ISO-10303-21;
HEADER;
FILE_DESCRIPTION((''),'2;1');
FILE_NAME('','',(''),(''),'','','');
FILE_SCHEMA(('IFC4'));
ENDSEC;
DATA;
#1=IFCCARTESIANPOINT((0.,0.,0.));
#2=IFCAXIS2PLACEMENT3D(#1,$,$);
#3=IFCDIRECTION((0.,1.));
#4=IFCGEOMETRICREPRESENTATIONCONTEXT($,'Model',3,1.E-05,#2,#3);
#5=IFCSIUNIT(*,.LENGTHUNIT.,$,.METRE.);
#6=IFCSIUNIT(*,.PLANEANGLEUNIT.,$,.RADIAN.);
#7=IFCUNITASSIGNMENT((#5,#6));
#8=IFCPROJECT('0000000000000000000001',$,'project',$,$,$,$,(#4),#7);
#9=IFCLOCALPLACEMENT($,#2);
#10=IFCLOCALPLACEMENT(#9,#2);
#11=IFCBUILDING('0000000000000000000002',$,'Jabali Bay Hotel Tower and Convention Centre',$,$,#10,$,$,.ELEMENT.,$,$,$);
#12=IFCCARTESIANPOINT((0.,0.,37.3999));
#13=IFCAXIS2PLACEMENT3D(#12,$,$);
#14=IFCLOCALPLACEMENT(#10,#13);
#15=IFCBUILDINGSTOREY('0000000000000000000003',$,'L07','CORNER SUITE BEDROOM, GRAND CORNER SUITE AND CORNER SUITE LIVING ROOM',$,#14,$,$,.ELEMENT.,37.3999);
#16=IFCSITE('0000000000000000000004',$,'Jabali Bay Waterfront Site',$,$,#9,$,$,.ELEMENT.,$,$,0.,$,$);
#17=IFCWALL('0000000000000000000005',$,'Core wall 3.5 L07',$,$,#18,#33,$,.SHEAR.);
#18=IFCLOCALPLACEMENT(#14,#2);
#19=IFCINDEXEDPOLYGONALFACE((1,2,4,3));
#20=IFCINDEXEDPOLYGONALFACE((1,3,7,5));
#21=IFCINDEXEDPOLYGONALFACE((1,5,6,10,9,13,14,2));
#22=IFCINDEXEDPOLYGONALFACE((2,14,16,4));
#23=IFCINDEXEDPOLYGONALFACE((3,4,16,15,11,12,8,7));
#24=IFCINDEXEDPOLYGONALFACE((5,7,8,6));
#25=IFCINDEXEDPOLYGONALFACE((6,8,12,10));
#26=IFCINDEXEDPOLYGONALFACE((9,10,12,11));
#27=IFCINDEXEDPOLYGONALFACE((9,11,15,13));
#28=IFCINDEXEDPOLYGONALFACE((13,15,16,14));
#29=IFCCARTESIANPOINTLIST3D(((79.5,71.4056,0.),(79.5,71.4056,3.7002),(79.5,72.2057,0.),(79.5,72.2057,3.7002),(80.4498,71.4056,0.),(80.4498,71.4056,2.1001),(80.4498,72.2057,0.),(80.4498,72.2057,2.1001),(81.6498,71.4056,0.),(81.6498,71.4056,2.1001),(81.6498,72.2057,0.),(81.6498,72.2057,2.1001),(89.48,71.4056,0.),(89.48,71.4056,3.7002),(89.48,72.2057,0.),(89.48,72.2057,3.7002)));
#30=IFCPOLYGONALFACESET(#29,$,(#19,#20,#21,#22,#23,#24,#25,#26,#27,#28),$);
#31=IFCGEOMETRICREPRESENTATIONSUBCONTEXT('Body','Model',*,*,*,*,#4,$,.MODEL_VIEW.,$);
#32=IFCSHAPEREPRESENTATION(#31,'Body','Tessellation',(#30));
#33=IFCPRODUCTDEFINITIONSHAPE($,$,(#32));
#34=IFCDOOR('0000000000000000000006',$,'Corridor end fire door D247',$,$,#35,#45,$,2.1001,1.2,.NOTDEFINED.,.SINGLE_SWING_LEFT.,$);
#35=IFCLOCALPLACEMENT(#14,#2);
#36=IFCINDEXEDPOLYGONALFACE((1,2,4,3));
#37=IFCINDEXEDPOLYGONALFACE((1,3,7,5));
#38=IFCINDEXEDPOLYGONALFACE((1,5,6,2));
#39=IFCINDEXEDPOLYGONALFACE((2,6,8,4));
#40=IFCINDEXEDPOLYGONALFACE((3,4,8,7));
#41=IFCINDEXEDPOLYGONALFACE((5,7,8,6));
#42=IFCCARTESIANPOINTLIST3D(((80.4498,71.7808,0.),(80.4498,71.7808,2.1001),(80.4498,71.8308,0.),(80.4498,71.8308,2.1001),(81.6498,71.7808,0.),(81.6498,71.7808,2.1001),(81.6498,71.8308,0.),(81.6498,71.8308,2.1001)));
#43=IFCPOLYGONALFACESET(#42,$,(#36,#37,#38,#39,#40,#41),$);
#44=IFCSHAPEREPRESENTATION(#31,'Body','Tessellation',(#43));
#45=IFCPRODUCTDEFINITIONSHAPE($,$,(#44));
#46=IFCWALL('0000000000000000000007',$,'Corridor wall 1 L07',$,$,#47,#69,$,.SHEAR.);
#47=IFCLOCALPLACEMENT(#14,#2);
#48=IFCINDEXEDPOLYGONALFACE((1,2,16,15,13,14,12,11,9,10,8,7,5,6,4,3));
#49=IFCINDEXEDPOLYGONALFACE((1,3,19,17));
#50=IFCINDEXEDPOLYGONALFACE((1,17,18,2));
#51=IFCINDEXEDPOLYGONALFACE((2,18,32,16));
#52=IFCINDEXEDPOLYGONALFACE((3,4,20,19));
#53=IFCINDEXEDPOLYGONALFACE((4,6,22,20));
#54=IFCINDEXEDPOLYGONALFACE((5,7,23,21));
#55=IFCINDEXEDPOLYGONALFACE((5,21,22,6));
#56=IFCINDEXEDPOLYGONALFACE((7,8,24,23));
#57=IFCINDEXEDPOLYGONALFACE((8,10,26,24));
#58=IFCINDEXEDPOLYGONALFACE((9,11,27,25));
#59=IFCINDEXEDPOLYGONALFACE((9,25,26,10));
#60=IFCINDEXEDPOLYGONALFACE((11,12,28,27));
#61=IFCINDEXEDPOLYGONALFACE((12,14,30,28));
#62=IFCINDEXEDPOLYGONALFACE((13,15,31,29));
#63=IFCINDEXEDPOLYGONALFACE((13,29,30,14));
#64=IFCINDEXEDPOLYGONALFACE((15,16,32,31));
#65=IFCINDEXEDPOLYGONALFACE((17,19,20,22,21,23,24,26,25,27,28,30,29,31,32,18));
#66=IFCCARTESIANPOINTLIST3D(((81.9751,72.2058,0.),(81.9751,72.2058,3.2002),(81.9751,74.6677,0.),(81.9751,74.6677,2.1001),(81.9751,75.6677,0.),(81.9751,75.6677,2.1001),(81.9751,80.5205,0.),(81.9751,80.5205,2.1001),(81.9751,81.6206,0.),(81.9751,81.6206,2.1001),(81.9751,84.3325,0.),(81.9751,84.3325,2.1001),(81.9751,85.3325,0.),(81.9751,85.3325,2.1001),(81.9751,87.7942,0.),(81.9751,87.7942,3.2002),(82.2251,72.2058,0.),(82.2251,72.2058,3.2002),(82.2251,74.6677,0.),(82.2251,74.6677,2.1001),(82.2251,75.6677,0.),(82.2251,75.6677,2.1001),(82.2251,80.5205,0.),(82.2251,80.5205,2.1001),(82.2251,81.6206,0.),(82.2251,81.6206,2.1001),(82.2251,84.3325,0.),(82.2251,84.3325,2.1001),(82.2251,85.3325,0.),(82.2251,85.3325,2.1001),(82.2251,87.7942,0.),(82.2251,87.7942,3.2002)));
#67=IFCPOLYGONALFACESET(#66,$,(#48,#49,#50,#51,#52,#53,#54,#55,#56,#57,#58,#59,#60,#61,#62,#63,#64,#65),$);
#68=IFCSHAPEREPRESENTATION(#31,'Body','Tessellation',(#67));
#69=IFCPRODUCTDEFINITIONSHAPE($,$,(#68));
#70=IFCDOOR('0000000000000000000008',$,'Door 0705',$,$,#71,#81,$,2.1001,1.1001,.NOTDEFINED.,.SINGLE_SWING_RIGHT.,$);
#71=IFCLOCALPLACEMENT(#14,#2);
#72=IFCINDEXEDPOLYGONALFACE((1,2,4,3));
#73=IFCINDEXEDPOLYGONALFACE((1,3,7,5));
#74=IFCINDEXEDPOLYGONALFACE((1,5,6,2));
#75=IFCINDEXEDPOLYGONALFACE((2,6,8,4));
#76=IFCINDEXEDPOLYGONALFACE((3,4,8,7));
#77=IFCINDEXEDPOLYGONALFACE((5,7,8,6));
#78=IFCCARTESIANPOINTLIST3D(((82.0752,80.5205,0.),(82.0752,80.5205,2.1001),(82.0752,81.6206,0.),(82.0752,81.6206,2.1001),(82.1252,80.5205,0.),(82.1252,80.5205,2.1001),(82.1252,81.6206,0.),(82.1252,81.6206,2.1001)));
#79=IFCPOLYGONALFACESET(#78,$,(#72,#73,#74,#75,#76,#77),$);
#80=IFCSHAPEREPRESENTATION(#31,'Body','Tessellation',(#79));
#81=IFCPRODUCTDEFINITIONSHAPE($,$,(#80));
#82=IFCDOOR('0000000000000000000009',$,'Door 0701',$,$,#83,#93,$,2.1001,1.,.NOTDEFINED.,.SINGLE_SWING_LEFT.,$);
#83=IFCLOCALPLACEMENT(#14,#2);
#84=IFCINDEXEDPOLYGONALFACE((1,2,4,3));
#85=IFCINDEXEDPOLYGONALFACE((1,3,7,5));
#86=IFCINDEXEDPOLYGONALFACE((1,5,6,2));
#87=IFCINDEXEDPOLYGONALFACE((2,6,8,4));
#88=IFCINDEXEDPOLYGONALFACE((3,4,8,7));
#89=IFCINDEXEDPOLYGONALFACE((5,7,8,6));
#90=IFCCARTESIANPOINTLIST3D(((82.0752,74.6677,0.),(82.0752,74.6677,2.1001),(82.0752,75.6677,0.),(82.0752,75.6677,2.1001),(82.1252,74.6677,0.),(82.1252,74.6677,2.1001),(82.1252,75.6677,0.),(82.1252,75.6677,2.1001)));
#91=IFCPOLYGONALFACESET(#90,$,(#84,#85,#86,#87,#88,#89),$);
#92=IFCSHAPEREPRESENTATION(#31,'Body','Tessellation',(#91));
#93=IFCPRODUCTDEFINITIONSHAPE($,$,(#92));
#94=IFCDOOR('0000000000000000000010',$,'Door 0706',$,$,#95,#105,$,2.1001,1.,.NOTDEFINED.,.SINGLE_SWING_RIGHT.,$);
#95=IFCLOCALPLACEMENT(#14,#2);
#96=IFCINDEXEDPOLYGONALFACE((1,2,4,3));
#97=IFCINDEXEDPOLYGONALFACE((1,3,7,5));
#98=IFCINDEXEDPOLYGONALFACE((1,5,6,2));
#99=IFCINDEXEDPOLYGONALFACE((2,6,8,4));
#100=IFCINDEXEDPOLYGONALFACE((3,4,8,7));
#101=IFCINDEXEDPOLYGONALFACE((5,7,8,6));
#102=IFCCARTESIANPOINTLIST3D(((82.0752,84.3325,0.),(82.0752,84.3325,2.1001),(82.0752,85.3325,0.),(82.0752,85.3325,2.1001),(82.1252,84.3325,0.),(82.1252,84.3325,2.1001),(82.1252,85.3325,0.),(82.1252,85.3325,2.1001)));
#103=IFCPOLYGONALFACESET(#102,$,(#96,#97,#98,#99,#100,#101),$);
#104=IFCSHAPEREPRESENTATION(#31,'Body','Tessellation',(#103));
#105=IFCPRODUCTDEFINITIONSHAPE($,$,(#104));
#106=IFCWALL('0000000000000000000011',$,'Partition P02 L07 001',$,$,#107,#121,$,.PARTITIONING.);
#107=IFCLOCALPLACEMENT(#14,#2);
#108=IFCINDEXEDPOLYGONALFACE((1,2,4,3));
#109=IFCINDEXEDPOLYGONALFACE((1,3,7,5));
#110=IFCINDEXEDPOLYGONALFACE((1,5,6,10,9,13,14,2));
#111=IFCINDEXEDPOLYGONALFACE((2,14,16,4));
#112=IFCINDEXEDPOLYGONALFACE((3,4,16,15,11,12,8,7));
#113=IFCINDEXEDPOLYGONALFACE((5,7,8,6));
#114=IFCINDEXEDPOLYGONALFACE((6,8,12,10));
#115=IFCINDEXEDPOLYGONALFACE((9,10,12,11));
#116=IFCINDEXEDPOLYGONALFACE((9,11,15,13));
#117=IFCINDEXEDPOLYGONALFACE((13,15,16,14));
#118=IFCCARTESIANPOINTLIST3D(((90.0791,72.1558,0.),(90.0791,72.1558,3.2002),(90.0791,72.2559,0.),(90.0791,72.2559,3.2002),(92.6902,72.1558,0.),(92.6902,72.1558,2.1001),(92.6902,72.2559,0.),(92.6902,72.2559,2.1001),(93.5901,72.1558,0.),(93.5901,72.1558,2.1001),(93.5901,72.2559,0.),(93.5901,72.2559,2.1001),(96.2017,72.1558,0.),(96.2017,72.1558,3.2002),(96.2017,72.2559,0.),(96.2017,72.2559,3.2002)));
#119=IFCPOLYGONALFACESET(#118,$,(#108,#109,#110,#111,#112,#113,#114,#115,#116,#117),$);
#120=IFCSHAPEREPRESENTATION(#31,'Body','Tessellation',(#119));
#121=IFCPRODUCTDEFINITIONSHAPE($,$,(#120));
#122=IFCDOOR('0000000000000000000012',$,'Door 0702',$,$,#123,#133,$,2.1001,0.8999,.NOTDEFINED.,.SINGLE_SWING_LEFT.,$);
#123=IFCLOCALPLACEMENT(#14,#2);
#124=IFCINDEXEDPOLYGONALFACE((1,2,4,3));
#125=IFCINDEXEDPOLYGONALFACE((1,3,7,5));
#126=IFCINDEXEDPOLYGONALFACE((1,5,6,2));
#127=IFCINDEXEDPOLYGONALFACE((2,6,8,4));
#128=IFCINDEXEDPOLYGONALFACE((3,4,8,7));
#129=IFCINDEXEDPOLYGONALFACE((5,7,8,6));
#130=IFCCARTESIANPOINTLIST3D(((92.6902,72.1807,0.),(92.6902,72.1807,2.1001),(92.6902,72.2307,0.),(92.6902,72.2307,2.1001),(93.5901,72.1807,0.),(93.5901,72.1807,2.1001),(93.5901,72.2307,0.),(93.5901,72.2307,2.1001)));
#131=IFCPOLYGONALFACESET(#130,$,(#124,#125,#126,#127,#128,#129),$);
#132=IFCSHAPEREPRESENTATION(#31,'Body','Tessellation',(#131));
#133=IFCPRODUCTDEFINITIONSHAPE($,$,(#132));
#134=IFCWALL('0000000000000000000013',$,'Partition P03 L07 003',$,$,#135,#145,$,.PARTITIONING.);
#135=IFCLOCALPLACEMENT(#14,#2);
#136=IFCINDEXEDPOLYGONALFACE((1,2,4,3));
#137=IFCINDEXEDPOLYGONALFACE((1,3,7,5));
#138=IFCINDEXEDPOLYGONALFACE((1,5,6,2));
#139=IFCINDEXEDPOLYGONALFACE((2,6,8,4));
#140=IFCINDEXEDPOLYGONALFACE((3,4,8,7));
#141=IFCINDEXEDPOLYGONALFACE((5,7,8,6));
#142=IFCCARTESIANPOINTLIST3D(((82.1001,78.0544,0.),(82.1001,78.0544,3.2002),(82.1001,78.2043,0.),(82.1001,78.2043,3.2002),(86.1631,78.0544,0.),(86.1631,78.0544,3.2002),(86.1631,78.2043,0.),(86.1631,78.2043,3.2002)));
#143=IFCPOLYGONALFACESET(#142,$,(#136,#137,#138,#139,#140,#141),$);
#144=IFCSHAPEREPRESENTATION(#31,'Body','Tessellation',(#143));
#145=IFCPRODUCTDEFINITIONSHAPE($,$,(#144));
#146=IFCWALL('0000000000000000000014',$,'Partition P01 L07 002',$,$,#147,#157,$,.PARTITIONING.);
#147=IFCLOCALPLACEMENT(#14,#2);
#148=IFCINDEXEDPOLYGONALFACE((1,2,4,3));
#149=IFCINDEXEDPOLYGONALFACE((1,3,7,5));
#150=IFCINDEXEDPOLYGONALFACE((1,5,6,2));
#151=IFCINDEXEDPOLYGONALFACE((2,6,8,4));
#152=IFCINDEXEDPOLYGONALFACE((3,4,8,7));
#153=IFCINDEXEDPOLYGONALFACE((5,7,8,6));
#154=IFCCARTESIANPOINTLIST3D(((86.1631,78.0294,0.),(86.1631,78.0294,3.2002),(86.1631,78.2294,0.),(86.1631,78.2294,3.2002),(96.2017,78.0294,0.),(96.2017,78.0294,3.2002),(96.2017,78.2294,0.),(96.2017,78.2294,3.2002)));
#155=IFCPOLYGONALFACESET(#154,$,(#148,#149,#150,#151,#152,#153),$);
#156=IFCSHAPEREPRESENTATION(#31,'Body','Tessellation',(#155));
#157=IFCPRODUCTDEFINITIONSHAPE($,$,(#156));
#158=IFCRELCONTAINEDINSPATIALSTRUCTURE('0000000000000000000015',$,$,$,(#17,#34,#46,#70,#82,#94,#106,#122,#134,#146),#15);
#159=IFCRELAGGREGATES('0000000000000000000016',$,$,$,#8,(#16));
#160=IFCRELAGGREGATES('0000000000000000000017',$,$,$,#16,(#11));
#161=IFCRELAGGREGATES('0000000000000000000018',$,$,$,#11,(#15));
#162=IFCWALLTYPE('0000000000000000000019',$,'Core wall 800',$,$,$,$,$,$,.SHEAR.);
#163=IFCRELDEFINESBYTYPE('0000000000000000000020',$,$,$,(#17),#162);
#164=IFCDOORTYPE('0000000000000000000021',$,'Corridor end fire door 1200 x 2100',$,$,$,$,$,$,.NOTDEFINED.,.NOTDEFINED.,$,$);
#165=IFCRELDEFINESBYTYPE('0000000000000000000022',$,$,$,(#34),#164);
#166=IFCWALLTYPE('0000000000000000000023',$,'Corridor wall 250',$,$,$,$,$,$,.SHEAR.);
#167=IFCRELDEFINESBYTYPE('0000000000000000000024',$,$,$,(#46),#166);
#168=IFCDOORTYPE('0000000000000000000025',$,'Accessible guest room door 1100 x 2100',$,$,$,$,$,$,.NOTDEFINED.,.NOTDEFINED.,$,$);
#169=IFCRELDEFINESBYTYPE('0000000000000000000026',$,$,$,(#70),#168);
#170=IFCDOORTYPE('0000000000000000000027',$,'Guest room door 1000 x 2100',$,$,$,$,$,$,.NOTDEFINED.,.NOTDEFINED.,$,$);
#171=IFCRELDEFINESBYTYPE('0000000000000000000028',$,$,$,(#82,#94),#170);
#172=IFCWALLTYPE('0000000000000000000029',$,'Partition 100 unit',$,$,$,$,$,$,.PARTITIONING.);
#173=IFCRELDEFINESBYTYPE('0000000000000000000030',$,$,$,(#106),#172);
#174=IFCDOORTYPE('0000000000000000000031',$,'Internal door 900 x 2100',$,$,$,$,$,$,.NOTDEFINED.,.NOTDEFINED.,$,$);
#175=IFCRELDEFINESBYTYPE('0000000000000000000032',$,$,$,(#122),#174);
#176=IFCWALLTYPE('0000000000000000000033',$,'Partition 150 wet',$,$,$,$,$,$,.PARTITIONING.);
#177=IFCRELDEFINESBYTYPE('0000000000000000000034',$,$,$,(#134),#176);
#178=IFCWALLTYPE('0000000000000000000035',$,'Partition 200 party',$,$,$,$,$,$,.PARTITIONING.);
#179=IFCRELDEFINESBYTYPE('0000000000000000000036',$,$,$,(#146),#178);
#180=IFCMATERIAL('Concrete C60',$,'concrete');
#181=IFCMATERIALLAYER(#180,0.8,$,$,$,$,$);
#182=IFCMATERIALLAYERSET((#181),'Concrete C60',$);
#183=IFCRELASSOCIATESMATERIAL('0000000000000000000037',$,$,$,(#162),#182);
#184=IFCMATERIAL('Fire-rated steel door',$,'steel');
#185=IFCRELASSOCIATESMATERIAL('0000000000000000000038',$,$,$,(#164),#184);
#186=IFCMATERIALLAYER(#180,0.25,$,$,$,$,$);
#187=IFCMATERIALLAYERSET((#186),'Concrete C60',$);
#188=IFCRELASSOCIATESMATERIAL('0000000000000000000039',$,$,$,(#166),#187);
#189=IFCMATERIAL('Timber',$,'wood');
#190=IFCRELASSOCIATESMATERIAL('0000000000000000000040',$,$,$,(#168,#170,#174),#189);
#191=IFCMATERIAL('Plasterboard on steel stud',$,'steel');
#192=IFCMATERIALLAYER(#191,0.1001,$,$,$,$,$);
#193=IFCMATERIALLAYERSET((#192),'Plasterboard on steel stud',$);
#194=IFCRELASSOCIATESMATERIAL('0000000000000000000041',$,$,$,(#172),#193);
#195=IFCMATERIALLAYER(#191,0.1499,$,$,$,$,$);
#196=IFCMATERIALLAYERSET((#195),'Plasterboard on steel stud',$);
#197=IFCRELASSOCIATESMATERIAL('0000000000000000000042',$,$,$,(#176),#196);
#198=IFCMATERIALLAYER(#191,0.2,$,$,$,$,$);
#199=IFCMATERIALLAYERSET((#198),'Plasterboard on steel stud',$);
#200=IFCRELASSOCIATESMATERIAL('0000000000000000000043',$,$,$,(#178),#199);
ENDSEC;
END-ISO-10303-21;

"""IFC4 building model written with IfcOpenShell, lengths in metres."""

from ifc_helpers import new_model, si_unit, direction, frame, frame_2d, origin, place, context, subcontext, project, spatial, rectangle, extrude, material, layer, layer_set, type_object, element, fill, save


model = new_model("IFC4")

# Units and contexts
model_context = context("Model", 3, precision=1e-05, world=origin(), true_north=direction((0.0, 1.0)))
body_context = subcontext(model_context, "Body", "Model", "MODEL_VIEW")
ifc_project = project(units=[si_unit("LENGTHUNIT", "METRE"), si_unit("PLANEANGLEUNIT", "RADIAN")], contexts=[model_context])

# Site, building, storey
site_placement = place(None, origin())
site = spatial("IfcSite", under=ifc_project, at=site_placement, Name="Jabali Bay Waterfront Site", CompositionType="ELEMENT", RefElevation=0.0)
building_placement = place(site_placement, origin())
building = spatial("IfcBuilding", under=site, at=building_placement, Name="Jabali Bay Hotel Tower and Convention Centre", CompositionType="ELEMENT")
storey_placement = place(building_placement, frame((0.0, 0.0, 37.3999)))
storey = spatial("IfcBuildingStorey", under=building, at=storey_placement, Name="L07", Description="CORNER SUITE BEDROOM, GRAND CORNER SUITE AND CORNER SUITE LIVING ROOM", CompositionType="ELEMENT", Elevation=37.3999)

# Shared definitions
ifc_material_1 = material(Name="Concrete C60", Category="concrete")

# Shared definitions
ifc_material_2 = material(Name="Fire-rated steel door", Category="steel")

# Wall, opening, door
ifc_layer_1 = layer(ifc_material_1, 0.8)
ifc_layer_set_1 = layer_set([ifc_layer_1], Name="Concrete C60")
wall_type_1 = type_object("IfcWallType", Name="Core wall 800", PredefinedType="SHEAR", material=ifc_layer_set_1)
door_type_1 = type_object("IfcDoorType", Name="Corridor end fire door 1200 x 2100", OperationType="NOTDEFINED", PredefinedType="NOTDEFINED", material=ifc_material_2)
wall_1_placement = place(storey_placement, frame((89.48, 71.8057, 0.0), z_axis=(0.0, 0.0, 1.0), x_axis=(-1.0, 0.0, 0.0)))
wall_1 = element("IfcWall", 1, at=wall_1_placement, inside=storey, type_object=wall_type_1, Name="Core wall 3.5 L07", PredefinedType="SHEAR", context=body_context, shape_type="SweptSolid", body=[
    extrude(rectangle(XDim=9.98, YDim=0.8, at=frame_2d((4.99, 0.0))), origin(), (0.0, 0.0, 1.0), 3.7002),
])
opening_1_placement = place(wall_1_placement, frame((7.8301, 0.0, 0.0)))
opening_1 = element("IfcOpeningElement", 2, at=opening_1_placement, cuts=wall_1, PredefinedType="OPENING", context=body_context, shape_type="SweptSolid", body=[
    extrude(rectangle(XDim=1.2, YDim=2.1001, at=frame_2d((0.6001, 1.05))), frame((0.0, 0.4106, 0.0), z_axis=(0.0, -1.0, 0.0), x_axis=(1.0, 0.0, 0.0)), (0.0, 0.0, 1.0), 0.821),
])
door_1_placement = place(opening_1_placement, origin())
door_1 = element("IfcDoor", 3, at=door_1_placement, inside=storey, type_object=door_type_1, Name="Corridor end fire door D247", OperationType="SINGLE_SWING_LEFT", OverallHeight=2.1001, OverallWidth=1.2, PredefinedType="NOTDEFINED", context=body_context, shape_type="SweptSolid", body=[
    extrude(rectangle(XDim=1.2, YDim=2.1001, at=frame_2d((0.6001, 1.05))), frame((0.0, 0.0249, 0.0), z_axis=(0.0, -1.0, 0.0), x_axis=(1.0, 0.0, 0.0)), (0.0, 0.0, 1.0), 0.05),
])
fill(opening_1, door_1)

# Wall, openings, doors
ifc_layer_2 = layer(ifc_material_1, 0.25)
ifc_layer_set_2 = layer_set([ifc_layer_2], Name="Concrete C60")
wall_type_2 = type_object("IfcWallType", Name="Corridor wall 250", PredefinedType="SHEAR", material=ifc_layer_set_2)
wall_2_placement = place(storey_placement, frame((82.1001, 72.2058, 0.0), z_axis=(0.0, 0.0, 1.0), x_axis=(0.0, 1.0, 0.0)))
wall_2 = element("IfcWall", 4, at=wall_2_placement, inside=storey, type_object=wall_type_2, Name="Corridor wall 1 L07", PredefinedType="SHEAR", context=body_context, shape_type="SweptSolid", body=[
    extrude(rectangle(XDim=15.5884, YDim=0.25, at=frame_2d((7.7942, 0.0))), origin(), (0.0, 0.0, 1.0), 3.2002),
])
opening_2_placement = place(wall_2_placement, frame((2.4619, 0.0, 0.0)))
opening_2 = element("IfcOpeningElement", 5, at=opening_2_placement, cuts=wall_2, PredefinedType="OPENING", context=body_context, shape_type="SweptSolid", body=[
    extrude(rectangle(XDim=1.0, YDim=2.1001, at=frame_2d((0.5, 1.05))), frame((0.0, 0.1355, 0.0), z_axis=(0.0, -1.0, 0.0), x_axis=(1.0, 0.0, 0.0)), (0.0, 0.0, 1.0), 0.271),
])
opening_3_placement = place(wall_2_placement, frame((8.3147, 0.0, 0.0)))
opening_3 = element("IfcOpeningElement", 6, at=opening_3_placement, cuts=wall_2, PredefinedType="OPENING", context=body_context, shape_type="SweptSolid", body=[
    extrude(rectangle(XDim=1.1001, YDim=2.1001, at=frame_2d((0.55, 1.05))), frame((0.0, 0.1355, 0.0), z_axis=(0.0, -1.0, 0.0), x_axis=(1.0, 0.0, 0.0)), (0.0, 0.0, 1.0), 0.271),
])
opening_4_placement = place(wall_2_placement, frame((12.1267, 0.0, 0.0)))
opening_4 = element("IfcOpeningElement", 7, at=opening_4_placement, cuts=wall_2, PredefinedType="OPENING", context=body_context, shape_type="SweptSolid", body=[
    extrude(rectangle(XDim=1.0, YDim=2.1001, at=frame_2d((0.5, 1.05))), frame((0.0, 0.1355, 0.0), z_axis=(0.0, -1.0, 0.0), x_axis=(1.0, 0.0, 0.0)), (0.0, 0.0, 1.0), 0.271),
])
ifc_material_3 = material(Name="Timber", Category="wood")
door_type_2 = type_object("IfcDoorType", Name="Accessible guest room door 1100 x 2100", OperationType="NOTDEFINED", PredefinedType="NOTDEFINED", material=ifc_material_3)
door_2_placement = place(opening_3_placement, origin())
door_2 = element("IfcDoor", 8, at=door_2_placement, inside=storey, type_object=door_type_2, Name="Door 0705", OperationType="SINGLE_SWING_RIGHT", OverallHeight=2.1001, OverallWidth=1.1001, PredefinedType="NOTDEFINED", context=body_context, shape_type="SweptSolid", body=[
    extrude(rectangle(XDim=1.1001, YDim=2.1001, at=frame_2d((0.55, 1.05))), frame((0.0, 0.0249, 0.0), z_axis=(0.0, -1.0, 0.0), x_axis=(1.0, 0.0, 0.0)), (0.0, 0.0, 1.0), 0.05),
])
fill(opening_3, door_2)
door_type_3 = type_object("IfcDoorType", Name="Guest room door 1000 x 2100", OperationType="NOTDEFINED", PredefinedType="NOTDEFINED", material=ifc_material_3)
door_3_placement = place(opening_2_placement, origin())
door_3 = element("IfcDoor", 9, at=door_3_placement, inside=storey, type_object=door_type_3, Name="Door 0701", OperationType="SINGLE_SWING_LEFT", OverallHeight=2.1001, OverallWidth=1.0, PredefinedType="NOTDEFINED", context=body_context, shape_type="SweptSolid", body=[
    extrude(rectangle(XDim=1.0, YDim=2.1001, at=frame_2d((0.5, 1.05))), frame((0.0, 0.0249, 0.0), z_axis=(0.0, -1.0, 0.0), x_axis=(1.0, 0.0, 0.0)), (0.0, 0.0, 1.0), 0.05),
])
fill(opening_2, door_3)
door_4_placement = place(opening_4_placement, origin())
door_4 = element("IfcDoor", 10, at=door_4_placement, inside=storey, type_object=door_type_3, Name="Door 0706", OperationType="SINGLE_SWING_RIGHT", OverallHeight=2.1001, OverallWidth=1.0, PredefinedType="NOTDEFINED", context=body_context, shape_type="SweptSolid", body=[
    extrude(rectangle(XDim=1.0, YDim=2.1001, at=frame_2d((0.5, 1.05))), frame((0.0, 0.0249, 0.0), z_axis=(0.0, -1.0, 0.0), x_axis=(1.0, 0.0, 0.0)), (0.0, 0.0, 1.0), 0.05),
])
fill(opening_4, door_4)

# Wall, opening, door
ifc_material_4 = material(Name="Plasterboard on steel stud", Category="steel")
ifc_layer_3 = layer(ifc_material_4, 0.1001)
ifc_layer_set_3 = layer_set([ifc_layer_3], Name="Plasterboard on steel stud")
wall_type_3 = type_object("IfcWallType", Name="Partition 100 unit", PredefinedType="PARTITIONING", material=ifc_layer_set_3)
wall_3_placement = place(storey_placement, frame((90.0791, 72.2058, 0.0), z_axis=(0.0, 0.0, 1.0), x_axis=(1.0, 0.0, 0.0)))
wall_3 = element("IfcWall", 11, at=wall_3_placement, inside=storey, type_object=wall_type_3, Name="Partition P02 L07 001", PredefinedType="PARTITIONING", context=body_context, shape_type="SweptSolid", body=[
    extrude(rectangle(XDim=6.1226, YDim=0.1001, at=frame_2d((3.0613, 0.0))), origin(), (0.0, 0.0, 1.0), 3.2002),
])
opening_5_placement = place(wall_3_placement, frame((2.6111, 0.0, 0.0)))
opening_5 = element("IfcOpeningElement", 12, at=opening_5_placement, cuts=wall_3, PredefinedType="OPENING", context=body_context, shape_type="SweptSolid", body=[
    extrude(rectangle(XDim=0.8999, YDim=2.1001, at=frame_2d((0.45, 1.05))), frame((0.0, 0.0605, 0.0), z_axis=(0.0, -1.0, 0.0), x_axis=(1.0, 0.0, 0.0)), (0.0, 0.0, 1.0), 0.1211),
])
door_type_4 = type_object("IfcDoorType", Name="Internal door 900 x 2100", OperationType="NOTDEFINED", PredefinedType="NOTDEFINED", material=ifc_material_3)
door_5_placement = place(opening_5_placement, origin())
door_5 = element("IfcDoor", 13, at=door_5_placement, inside=storey, type_object=door_type_4, Name="Door 0702", OperationType="SINGLE_SWING_LEFT", OverallHeight=2.1001, OverallWidth=0.8999, PredefinedType="NOTDEFINED", context=body_context, shape_type="SweptSolid", body=[
    extrude(rectangle(XDim=0.8999, YDim=2.1001, at=frame_2d((0.45, 1.05))), frame((0.0, 0.0249, 0.0), z_axis=(0.0, -1.0, 0.0), x_axis=(1.0, 0.0, 0.0)), (0.0, 0.0, 1.0), 0.05),
])
fill(opening_5, door_5)

# Walls
ifc_layer_4 = layer(ifc_material_4, 0.1499)
ifc_layer_set_4 = layer_set([ifc_layer_4], Name="Plasterboard on steel stud")
wall_type_4 = type_object("IfcWallType", Name="Partition 150 wet", PredefinedType="PARTITIONING", material=ifc_layer_set_4)
wall_4_placement = place(storey_placement, frame((86.1631, 78.1294, 0.0), z_axis=(0.0, 0.0, 1.0), x_axis=(-1.0, 0.0, 0.0)))
element("IfcWall", 14, at=wall_4_placement, inside=storey, type_object=wall_type_4, Name="Partition P03 L07 003", PredefinedType="PARTITIONING", context=body_context, shape_type="SweptSolid", body=[
    extrude(rectangle(XDim=4.063, YDim=0.1499, at=frame_2d((2.0315, 0.0))), origin(), (0.0, 0.0, 1.0), 3.2002),
])
ifc_layer_5 = layer(ifc_material_4, 0.2)
ifc_layer_set_5 = layer_set([ifc_layer_5], Name="Plasterboard on steel stud")
wall_type_5 = type_object("IfcWallType", Name="Partition 200 party", PredefinedType="PARTITIONING", material=ifc_layer_set_5)
wall_5_placement = place(storey_placement, frame((96.2017, 78.1294, 0.0), z_axis=(0.0, 0.0, 1.0), x_axis=(-1.0, 0.0, 0.0)))
element("IfcWall", 15, at=wall_5_placement, inside=storey, type_object=wall_type_5, Name="Partition P01 L07 002", PredefinedType="PARTITIONING", context=body_context, shape_type="SweptSolid", body=[
    extrude(rectangle(XDim=10.0386, YDim=0.2, at=frame_2d((5.0193, 0.0))), origin(), (0.0, 0.0, 1.0), 3.2002),
])

save(model, "model.ifc")
